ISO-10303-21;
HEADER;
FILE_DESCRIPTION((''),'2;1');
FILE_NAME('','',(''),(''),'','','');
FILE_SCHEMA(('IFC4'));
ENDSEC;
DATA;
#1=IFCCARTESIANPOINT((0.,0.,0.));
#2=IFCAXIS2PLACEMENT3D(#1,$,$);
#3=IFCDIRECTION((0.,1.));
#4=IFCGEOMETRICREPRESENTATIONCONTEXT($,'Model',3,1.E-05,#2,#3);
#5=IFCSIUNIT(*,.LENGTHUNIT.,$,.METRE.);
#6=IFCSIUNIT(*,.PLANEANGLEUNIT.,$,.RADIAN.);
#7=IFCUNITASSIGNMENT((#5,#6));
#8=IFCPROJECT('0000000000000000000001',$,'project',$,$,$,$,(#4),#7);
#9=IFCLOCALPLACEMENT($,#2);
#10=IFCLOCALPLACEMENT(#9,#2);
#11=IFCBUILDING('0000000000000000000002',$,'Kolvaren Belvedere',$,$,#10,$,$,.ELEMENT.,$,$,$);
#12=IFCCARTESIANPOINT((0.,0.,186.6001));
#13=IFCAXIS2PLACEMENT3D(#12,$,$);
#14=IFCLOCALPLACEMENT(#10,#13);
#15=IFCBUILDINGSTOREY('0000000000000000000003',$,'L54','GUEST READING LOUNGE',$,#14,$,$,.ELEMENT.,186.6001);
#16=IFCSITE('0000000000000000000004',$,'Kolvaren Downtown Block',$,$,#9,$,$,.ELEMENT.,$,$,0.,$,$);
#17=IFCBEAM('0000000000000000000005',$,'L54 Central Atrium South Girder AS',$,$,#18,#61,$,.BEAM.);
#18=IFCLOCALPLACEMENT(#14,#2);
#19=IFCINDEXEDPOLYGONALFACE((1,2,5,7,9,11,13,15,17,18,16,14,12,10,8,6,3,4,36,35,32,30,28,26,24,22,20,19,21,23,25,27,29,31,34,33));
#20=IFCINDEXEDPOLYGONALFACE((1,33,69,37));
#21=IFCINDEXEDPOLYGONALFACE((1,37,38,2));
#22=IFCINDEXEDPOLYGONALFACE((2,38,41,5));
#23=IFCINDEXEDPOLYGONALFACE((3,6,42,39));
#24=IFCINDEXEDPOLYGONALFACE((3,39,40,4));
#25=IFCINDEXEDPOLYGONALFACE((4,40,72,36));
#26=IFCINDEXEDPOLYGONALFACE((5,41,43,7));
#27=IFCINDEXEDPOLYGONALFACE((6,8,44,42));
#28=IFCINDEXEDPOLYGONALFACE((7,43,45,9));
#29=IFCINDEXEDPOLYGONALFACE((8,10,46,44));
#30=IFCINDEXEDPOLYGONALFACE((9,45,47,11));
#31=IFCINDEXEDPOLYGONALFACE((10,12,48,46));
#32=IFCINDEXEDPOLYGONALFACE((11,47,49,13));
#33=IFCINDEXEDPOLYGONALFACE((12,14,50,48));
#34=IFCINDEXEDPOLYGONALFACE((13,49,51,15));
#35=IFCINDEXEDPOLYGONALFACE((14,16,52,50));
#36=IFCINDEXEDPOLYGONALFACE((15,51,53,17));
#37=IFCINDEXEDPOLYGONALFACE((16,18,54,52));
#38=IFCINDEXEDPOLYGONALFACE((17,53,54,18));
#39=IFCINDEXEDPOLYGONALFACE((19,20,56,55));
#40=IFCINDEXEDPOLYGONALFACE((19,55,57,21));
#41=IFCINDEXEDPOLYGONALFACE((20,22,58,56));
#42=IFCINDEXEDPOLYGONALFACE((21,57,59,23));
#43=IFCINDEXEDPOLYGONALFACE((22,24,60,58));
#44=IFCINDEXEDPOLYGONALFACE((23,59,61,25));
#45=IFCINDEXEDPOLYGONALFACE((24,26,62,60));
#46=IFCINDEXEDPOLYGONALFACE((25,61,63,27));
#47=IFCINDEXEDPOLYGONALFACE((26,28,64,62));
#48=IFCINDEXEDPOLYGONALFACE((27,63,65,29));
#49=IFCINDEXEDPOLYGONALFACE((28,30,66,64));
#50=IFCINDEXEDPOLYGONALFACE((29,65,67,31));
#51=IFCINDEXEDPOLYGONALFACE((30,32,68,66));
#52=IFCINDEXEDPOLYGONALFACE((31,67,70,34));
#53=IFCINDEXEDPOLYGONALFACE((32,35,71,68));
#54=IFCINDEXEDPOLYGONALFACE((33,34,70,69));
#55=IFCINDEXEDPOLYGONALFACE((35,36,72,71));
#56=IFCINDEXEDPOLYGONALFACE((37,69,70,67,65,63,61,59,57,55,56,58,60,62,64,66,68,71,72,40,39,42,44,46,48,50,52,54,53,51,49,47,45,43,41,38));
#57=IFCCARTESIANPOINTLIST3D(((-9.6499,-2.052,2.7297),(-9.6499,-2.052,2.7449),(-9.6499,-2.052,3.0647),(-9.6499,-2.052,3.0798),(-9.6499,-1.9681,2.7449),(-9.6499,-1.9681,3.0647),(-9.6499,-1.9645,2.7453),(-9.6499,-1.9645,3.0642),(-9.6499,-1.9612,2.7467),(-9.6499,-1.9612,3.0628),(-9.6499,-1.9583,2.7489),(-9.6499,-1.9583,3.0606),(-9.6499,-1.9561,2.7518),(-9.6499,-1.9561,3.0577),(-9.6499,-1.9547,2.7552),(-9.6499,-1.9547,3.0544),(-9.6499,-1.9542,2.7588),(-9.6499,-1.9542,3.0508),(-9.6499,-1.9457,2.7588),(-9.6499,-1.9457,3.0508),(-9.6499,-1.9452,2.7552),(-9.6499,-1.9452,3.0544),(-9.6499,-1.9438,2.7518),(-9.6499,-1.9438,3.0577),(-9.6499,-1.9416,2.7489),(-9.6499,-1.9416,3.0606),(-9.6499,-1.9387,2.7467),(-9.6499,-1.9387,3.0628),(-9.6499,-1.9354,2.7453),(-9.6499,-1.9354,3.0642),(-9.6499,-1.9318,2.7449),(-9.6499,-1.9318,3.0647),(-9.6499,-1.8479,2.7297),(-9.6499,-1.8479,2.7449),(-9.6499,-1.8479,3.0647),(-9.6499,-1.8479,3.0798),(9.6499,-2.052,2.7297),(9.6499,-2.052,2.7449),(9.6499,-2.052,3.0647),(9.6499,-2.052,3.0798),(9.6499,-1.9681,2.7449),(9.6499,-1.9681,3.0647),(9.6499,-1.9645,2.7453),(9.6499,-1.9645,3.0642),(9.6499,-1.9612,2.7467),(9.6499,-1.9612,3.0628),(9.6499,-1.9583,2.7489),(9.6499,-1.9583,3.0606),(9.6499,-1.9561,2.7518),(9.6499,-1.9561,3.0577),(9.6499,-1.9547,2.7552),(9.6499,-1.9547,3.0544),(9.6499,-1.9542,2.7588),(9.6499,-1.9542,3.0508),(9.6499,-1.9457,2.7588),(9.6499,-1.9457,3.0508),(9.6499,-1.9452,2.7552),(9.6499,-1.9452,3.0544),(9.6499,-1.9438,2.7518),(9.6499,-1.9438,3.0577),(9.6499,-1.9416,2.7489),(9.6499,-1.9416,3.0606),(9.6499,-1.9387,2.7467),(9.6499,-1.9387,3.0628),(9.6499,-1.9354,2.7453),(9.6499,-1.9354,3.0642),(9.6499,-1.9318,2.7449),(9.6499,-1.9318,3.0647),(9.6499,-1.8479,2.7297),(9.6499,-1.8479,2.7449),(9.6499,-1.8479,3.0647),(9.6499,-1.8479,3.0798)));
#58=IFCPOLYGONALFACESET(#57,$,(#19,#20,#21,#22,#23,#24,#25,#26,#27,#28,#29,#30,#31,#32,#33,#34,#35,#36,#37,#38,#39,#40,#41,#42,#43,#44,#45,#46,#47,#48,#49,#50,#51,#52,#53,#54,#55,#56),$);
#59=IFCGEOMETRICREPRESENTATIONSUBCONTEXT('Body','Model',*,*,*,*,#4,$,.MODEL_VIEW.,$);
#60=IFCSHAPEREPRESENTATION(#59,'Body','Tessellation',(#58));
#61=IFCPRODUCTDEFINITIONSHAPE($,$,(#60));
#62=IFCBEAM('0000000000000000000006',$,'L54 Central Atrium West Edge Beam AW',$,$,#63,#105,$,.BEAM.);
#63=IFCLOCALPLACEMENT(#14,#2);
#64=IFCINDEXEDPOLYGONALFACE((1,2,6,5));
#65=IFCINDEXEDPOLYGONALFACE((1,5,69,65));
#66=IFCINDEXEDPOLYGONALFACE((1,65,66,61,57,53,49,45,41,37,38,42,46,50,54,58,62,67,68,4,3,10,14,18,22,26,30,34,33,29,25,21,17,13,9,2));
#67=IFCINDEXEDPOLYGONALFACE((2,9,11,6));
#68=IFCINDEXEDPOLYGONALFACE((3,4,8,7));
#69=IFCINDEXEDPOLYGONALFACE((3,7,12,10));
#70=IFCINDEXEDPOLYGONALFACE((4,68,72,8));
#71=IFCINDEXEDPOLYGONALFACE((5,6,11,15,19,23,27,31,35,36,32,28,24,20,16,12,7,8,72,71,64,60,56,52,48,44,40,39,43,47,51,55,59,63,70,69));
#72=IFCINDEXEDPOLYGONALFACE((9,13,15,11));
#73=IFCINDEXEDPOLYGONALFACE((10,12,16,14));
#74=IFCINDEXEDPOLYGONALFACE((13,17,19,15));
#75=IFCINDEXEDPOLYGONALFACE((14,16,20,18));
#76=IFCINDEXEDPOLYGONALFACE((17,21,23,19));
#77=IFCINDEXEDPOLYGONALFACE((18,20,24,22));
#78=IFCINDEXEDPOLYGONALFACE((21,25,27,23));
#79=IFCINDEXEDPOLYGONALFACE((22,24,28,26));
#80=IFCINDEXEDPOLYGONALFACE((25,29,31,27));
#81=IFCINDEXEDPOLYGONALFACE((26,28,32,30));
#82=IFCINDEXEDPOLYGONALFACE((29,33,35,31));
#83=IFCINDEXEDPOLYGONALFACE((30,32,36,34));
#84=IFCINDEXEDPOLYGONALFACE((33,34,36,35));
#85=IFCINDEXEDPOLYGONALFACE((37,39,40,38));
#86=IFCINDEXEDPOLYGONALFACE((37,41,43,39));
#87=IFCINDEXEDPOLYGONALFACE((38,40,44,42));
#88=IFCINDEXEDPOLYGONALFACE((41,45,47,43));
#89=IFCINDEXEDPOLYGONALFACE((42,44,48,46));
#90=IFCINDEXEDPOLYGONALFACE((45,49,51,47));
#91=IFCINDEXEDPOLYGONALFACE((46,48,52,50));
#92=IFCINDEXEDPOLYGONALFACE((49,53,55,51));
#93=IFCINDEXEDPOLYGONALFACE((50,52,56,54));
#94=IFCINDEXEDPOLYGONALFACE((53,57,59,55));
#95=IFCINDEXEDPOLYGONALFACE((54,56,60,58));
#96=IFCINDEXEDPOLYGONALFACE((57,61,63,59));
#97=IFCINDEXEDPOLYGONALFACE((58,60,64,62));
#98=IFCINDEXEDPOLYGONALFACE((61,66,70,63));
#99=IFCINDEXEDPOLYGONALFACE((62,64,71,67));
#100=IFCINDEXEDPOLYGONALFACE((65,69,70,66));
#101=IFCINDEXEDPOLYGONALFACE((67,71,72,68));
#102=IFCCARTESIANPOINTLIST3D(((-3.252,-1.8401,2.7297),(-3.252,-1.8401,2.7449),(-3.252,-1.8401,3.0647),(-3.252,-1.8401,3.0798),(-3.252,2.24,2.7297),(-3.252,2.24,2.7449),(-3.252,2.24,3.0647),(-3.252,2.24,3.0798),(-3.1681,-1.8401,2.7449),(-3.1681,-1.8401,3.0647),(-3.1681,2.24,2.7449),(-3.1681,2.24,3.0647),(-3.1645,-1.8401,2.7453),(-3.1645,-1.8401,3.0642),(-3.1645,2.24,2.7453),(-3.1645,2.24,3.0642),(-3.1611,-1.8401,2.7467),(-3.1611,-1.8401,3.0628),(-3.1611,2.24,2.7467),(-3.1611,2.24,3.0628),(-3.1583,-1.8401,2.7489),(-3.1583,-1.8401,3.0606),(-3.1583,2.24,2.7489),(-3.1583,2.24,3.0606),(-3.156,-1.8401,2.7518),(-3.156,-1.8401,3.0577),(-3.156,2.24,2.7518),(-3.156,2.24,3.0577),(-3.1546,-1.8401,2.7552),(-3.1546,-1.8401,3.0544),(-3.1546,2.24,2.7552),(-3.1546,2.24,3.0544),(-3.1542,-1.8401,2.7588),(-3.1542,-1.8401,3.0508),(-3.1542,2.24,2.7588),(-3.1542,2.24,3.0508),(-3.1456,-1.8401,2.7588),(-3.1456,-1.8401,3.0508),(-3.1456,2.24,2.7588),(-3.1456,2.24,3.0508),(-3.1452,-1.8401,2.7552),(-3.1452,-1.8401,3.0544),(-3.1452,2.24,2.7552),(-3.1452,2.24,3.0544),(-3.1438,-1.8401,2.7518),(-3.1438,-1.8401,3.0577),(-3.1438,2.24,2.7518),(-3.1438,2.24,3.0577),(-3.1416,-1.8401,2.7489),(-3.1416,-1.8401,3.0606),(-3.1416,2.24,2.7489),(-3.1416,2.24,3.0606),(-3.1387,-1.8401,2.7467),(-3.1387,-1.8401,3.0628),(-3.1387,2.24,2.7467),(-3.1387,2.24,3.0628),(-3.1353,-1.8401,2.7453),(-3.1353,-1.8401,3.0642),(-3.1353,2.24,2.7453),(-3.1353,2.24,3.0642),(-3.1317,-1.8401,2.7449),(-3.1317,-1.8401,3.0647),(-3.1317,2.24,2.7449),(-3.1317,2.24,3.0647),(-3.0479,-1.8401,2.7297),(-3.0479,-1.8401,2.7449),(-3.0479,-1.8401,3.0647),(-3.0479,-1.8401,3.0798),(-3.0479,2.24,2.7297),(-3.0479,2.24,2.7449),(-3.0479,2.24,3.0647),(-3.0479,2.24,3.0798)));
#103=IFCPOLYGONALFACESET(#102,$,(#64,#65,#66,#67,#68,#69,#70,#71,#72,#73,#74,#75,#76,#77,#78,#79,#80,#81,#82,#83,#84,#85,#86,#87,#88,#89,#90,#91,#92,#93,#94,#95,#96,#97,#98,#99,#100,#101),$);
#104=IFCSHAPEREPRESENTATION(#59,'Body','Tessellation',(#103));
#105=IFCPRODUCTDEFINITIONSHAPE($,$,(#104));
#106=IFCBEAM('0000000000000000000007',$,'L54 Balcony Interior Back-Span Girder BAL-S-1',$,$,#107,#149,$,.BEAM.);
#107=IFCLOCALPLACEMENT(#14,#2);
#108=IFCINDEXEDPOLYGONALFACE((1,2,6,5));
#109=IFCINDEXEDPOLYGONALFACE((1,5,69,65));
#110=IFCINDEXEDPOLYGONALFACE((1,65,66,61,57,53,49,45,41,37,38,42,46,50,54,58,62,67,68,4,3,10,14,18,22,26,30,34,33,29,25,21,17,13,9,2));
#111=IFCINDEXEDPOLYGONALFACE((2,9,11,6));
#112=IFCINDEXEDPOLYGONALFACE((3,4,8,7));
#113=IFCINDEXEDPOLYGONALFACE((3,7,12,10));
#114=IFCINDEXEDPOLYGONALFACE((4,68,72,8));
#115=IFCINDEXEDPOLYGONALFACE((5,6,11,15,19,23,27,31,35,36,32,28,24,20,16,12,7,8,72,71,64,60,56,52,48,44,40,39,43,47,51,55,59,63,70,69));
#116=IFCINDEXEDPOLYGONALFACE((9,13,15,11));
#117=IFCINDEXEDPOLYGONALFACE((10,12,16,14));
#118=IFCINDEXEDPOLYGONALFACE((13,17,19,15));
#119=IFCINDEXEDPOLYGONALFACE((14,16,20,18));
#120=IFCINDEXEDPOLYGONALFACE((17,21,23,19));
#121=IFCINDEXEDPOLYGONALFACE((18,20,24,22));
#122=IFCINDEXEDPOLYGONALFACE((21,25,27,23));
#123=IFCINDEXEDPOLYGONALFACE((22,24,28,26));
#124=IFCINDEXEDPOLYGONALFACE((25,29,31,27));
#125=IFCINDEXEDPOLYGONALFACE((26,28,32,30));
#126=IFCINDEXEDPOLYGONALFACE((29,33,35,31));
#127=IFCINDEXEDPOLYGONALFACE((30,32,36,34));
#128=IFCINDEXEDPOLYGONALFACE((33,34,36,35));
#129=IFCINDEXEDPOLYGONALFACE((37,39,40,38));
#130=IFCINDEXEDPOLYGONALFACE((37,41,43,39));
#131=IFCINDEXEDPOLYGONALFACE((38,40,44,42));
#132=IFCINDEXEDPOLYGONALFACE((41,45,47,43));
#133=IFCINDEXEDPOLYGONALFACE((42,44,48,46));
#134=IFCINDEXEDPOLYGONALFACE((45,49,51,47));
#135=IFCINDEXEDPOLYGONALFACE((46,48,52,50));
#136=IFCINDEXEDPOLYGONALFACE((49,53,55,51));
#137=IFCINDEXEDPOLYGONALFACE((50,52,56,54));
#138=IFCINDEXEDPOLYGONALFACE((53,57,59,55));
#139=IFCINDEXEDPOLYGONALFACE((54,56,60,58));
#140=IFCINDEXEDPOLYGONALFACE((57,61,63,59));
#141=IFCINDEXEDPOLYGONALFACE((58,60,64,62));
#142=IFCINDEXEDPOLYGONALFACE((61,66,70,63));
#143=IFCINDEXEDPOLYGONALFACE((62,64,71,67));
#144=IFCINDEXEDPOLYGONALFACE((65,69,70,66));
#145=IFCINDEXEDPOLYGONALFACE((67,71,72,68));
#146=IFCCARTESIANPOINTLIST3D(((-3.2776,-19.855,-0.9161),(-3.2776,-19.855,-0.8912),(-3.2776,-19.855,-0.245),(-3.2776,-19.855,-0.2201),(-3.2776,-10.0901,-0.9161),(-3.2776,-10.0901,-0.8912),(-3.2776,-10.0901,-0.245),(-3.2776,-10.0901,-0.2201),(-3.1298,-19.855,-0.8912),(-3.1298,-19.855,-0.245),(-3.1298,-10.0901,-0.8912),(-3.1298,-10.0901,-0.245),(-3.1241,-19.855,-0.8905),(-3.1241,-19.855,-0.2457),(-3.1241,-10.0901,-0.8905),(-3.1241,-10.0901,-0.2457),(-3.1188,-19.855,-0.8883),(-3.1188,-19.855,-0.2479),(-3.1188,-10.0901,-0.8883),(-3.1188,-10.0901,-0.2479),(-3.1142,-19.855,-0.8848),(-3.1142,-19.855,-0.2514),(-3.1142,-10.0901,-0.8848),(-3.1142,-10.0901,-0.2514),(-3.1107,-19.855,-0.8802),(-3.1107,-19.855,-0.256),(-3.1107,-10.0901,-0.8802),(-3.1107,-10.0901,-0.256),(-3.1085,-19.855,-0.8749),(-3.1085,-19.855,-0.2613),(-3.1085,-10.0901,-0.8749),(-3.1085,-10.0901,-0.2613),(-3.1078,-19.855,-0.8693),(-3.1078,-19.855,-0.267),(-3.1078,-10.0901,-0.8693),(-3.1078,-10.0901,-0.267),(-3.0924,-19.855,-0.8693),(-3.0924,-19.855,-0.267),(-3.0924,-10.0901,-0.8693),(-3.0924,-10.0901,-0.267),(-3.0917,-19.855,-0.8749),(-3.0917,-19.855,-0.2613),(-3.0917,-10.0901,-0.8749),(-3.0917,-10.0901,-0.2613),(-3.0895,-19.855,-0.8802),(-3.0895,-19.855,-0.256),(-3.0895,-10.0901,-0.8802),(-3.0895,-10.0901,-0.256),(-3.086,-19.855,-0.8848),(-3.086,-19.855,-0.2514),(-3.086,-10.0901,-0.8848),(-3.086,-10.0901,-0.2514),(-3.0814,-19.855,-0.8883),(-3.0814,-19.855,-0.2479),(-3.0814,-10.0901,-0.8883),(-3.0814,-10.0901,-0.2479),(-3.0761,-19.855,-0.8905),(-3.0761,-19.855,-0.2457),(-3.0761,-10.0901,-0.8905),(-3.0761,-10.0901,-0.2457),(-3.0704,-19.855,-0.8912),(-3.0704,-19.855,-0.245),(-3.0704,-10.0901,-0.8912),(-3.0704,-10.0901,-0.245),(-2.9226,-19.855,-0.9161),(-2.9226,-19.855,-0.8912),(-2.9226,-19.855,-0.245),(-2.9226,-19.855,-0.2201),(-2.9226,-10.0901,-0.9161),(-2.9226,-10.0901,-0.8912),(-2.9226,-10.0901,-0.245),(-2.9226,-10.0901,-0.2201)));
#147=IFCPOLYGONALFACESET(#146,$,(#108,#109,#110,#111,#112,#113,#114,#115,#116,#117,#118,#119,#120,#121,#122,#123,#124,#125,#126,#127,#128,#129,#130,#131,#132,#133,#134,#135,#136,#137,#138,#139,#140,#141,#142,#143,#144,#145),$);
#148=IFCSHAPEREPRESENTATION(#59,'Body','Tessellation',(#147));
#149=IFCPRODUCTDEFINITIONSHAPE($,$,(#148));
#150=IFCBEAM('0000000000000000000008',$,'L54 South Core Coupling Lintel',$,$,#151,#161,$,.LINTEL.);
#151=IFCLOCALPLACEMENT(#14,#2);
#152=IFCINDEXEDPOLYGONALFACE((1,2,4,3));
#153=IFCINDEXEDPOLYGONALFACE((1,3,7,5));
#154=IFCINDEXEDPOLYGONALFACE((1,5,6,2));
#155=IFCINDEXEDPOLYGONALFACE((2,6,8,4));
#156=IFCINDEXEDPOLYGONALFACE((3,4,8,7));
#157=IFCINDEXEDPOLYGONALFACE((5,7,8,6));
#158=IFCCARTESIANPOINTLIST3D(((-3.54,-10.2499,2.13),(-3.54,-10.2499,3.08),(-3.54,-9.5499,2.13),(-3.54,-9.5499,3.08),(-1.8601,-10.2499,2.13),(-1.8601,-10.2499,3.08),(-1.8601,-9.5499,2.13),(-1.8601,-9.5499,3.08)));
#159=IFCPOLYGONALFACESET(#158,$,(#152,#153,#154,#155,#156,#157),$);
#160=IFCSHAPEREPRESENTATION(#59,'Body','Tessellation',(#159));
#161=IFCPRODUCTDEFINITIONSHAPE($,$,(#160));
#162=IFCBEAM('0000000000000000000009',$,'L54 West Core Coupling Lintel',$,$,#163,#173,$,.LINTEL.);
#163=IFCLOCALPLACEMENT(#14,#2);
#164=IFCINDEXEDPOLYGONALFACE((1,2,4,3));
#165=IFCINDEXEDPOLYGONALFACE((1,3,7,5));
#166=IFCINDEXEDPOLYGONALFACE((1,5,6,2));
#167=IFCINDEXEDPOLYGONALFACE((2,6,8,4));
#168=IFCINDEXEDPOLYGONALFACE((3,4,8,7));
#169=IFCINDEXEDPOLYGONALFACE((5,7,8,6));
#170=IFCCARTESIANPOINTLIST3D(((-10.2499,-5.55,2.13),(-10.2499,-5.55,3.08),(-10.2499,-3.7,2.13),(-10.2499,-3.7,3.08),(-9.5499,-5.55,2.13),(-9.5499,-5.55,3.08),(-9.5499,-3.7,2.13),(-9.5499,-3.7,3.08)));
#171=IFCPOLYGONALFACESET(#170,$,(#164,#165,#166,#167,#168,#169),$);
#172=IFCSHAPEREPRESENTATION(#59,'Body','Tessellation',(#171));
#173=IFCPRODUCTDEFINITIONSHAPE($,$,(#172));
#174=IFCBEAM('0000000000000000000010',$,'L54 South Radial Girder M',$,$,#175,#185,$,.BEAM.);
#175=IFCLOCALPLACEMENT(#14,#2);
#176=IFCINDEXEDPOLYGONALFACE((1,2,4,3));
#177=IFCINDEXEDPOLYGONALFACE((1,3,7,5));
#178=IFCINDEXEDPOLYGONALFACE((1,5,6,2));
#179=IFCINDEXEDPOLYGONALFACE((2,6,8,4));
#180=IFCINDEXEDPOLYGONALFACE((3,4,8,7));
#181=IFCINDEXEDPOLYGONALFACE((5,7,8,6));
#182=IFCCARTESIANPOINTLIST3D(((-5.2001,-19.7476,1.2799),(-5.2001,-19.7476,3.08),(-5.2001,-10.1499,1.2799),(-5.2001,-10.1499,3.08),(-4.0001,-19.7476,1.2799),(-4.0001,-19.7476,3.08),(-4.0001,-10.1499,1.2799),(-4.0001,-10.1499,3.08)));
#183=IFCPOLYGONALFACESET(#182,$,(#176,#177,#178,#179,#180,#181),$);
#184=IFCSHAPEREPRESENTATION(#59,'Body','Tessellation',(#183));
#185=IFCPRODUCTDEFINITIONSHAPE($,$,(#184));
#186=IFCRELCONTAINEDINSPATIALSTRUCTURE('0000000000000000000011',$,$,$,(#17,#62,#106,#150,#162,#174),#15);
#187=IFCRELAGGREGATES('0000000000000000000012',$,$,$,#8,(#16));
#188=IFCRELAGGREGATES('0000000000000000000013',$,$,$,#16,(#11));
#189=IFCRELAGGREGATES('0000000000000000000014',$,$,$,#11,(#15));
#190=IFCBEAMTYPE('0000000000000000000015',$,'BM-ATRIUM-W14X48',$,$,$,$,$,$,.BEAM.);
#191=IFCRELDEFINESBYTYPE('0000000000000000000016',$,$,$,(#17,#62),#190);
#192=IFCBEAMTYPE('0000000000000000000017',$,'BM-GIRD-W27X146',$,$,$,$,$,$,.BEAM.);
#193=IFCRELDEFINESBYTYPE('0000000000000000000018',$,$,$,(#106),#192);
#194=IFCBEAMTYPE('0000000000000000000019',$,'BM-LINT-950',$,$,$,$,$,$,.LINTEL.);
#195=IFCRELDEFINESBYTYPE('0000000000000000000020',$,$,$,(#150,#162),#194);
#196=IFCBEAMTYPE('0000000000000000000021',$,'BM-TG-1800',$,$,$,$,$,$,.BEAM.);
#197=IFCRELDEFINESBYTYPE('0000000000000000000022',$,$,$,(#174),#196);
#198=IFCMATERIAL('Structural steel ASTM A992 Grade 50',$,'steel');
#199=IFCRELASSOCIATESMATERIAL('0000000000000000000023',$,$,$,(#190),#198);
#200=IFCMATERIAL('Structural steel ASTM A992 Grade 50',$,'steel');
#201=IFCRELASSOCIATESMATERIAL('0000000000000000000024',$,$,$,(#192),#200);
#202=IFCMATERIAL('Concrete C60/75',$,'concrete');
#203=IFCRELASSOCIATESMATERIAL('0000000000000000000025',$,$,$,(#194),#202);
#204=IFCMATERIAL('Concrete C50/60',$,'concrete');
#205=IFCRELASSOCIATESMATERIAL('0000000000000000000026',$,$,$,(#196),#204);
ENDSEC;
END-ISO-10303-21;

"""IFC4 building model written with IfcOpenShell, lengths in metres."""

from ifc_helpers import new_model, si_unit, direction, frame, origin, origin_2d, place, context, subcontext, project, spatial, rectangle, i_section, extrude, material, material_profile, profile_set, type_object, element, save


model = new_model("IFC4")

# Units and contexts
model_context = context("Model", 3, precision=1e-05, world=origin(), true_north=direction((0.0, 1.0)))
body_context = subcontext(model_context, "Body", "Model", "MODEL_VIEW")
ifc_project = project(units=[si_unit("LENGTHUNIT", "METRE"), si_unit("PLANEANGLEUNIT", "RADIAN")], contexts=[model_context])

# Site, building, storey
site_placement = place(None, origin())
site = spatial("IfcSite", under=ifc_project, at=site_placement, Name="Kolvaren Downtown Block", CompositionType="ELEMENT", RefElevation=0.0)
building_placement = place(site_placement, origin())
building = spatial("IfcBuilding", under=site, at=building_placement, Name="Kolvaren Belvedere", CompositionType="ELEMENT")
storey_placement = place(building_placement, frame((0.0, 0.0, 186.6001)))
storey = spatial("IfcBuildingStorey", under=building, at=storey_placement, Name="L54", Description="GUEST READING LOUNGE", CompositionType="ELEMENT", Elevation=186.6001)

# Beams
ifc_material_1 = material(Name="Structural steel ASTM A992 Grade 50", Category="steel")
ifc_material_profile_1 = material_profile(ifc_material_1, i_section(OverallWidth=0.2041, OverallDepth=0.3501, WebThickness=0.0085, FlangeThickness=0.0151, FilletRadius=0.0139, at=origin_2d()), Name="W14X48")
ifc_profile_set_1 = profile_set([ifc_material_profile_1], Name="Structural steel ASTM A992 Grade 50")
beam_type_1 = type_object("IfcBeamType", Name="BM-ATRIUM-W14X48", PredefinedType="BEAM", material=ifc_profile_set_1)
beam_1_placement = place(storey_placement, frame((-9.6499, -1.95, 2.9048), z_axis=(1.0, 0.0, 0.0), x_axis=(0.0, 1.0, 0.0)))
element("IfcBeam", 1, at=beam_1_placement, inside=storey, type_object=beam_type_1, Name="L54 Central Atrium South Girder AS", PredefinedType="BEAM", context=body_context, shape_type="SweptSolid", body=[
    extrude(i_section(OverallWidth=0.2041, OverallDepth=0.3501, WebThickness=0.0085, FlangeThickness=0.0151, FilletRadius=0.0139, at=origin_2d()), origin(), (0.0, 0.0, 1.0), 19.2998),
])
beam_2_placement = place(storey_placement, frame((-3.1499, -1.8401, 2.9048), z_axis=(0.0, 1.0, 0.0), x_axis=(-1.0, 0.0, 0.0)))
element("IfcBeam", 2, at=beam_2_placement, inside=storey, type_object=beam_type_1, Name="L54 Central Atrium West Edge Beam AW", PredefinedType="BEAM", context=body_context, shape_type="SweptSolid", body=[
    extrude(i_section(OverallWidth=0.2041, OverallDepth=0.3501, WebThickness=0.0085, FlangeThickness=0.0151, FilletRadius=0.0139, at=origin_2d()), origin(), (0.0, 0.0, 1.0), 4.0801),
])
ifc_material_2 = material(Name="Structural steel ASTM A992 Grade 50", Category="steel")
ifc_material_profile_2 = material_profile(ifc_material_2, i_section(OverallWidth=0.355, OverallDepth=0.696, WebThickness=0.0154, FlangeThickness=0.0249, FilletRadius=0.022, at=origin_2d()), Name="W27X146")
ifc_profile_set_2 = profile_set([ifc_material_profile_2], Name="Structural steel ASTM A992 Grade 50")
beam_type_2 = type_object("IfcBeamType", Name="BM-GIRD-W27X146", PredefinedType="BEAM", material=ifc_profile_set_2)
beam_3_placement = place(storey_placement, frame((-3.1001, -10.0901, -0.5681), z_axis=(0.0, -1.0, 0.0), x_axis=(1.0, 0.0, 0.0)))
element("IfcBeam", 3, at=beam_3_placement, inside=storey, type_object=beam_type_2, Name="L54 Balcony Interior Back-Span Girder BAL-S-1", PredefinedType="BEAM", context=body_context, shape_type="SweptSolid", body=[
    extrude(i_section(OverallWidth=0.355, OverallDepth=0.696, WebThickness=0.0154, FlangeThickness=0.0249, FilletRadius=0.022, at=origin_2d()), origin(), (0.0, 0.0, 1.0), 9.7649),
])
ifc_material_3 = material(Name="Concrete C60/75", Category="concrete")
ifc_material_profile_3 = material_profile(ifc_material_3, rectangle(XDim=0.7, YDim=0.95, at=origin_2d()), Name="RC 700X950")
ifc_profile_set_3 = profile_set([ifc_material_profile_3], Name="Concrete C60/75")
beam_type_3 = type_object("IfcBeamType", Name="BM-LINT-950", PredefinedType="LINTEL", material=ifc_profile_set_3)
beam_4_placement = place(storey_placement, frame((-3.54, -9.8999, 2.605), z_axis=(1.0, 0.0, 0.0), x_axis=(0.0, 1.0, 0.0)))
element("IfcBeam", 4, at=beam_4_placement, inside=storey, type_object=beam_type_3, Name="L54 South Core Coupling Lintel", PredefinedType="LINTEL", context=body_context, shape_type="SweptSolid", body=[
    extrude(rectangle(XDim=0.7, YDim=0.95, at=origin_2d()), origin(), (0.0, 0.0, 1.0), 1.6799),
])
beam_5_placement = place(storey_placement, frame((-9.8999, -5.55, 2.605), z_axis=(0.0, 1.0, 0.0), x_axis=(-1.0, 0.0, 0.0)))
element("IfcBeam", 5, at=beam_5_placement, inside=storey, type_object=beam_type_3, Name="L54 West Core Coupling Lintel", PredefinedType="LINTEL", context=body_context, shape_type="SweptSolid", body=[
    extrude(rectangle(XDim=0.7, YDim=0.95, at=origin_2d()), origin(), (0.0, 0.0, 1.0), 1.8501),
])
ifc_material_4 = material(Name="Concrete C50/60", Category="concrete")
ifc_material_profile_4 = material_profile(ifc_material_4, rectangle(XDim=1.2, YDim=1.8, at=origin_2d()), Name="RC 1200X1800")
ifc_profile_set_4 = profile_set([ifc_material_profile_4], Name="Concrete C50/60")
beam_type_4 = type_object("IfcBeamType", Name="BM-TG-1800", PredefinedType="BEAM", material=ifc_profile_set_4)
beam_6_placement = place(storey_placement, frame((-4.6001, -10.1499, 2.1799), z_axis=(0.0, -1.0, 0.0), x_axis=(1.0, 0.0, 0.0)))
element("IfcBeam", 6, at=beam_6_placement, inside=storey, type_object=beam_type_4, Name="L54 South Radial Girder M", PredefinedType="BEAM", context=body_context, shape_type="SweptSolid", body=[
    extrude(rectangle(XDim=1.2, YDim=1.8, at=origin_2d()), origin(), (0.0, 0.0, 1.0), 9.5977),
])

save(model, "model.ifc")
